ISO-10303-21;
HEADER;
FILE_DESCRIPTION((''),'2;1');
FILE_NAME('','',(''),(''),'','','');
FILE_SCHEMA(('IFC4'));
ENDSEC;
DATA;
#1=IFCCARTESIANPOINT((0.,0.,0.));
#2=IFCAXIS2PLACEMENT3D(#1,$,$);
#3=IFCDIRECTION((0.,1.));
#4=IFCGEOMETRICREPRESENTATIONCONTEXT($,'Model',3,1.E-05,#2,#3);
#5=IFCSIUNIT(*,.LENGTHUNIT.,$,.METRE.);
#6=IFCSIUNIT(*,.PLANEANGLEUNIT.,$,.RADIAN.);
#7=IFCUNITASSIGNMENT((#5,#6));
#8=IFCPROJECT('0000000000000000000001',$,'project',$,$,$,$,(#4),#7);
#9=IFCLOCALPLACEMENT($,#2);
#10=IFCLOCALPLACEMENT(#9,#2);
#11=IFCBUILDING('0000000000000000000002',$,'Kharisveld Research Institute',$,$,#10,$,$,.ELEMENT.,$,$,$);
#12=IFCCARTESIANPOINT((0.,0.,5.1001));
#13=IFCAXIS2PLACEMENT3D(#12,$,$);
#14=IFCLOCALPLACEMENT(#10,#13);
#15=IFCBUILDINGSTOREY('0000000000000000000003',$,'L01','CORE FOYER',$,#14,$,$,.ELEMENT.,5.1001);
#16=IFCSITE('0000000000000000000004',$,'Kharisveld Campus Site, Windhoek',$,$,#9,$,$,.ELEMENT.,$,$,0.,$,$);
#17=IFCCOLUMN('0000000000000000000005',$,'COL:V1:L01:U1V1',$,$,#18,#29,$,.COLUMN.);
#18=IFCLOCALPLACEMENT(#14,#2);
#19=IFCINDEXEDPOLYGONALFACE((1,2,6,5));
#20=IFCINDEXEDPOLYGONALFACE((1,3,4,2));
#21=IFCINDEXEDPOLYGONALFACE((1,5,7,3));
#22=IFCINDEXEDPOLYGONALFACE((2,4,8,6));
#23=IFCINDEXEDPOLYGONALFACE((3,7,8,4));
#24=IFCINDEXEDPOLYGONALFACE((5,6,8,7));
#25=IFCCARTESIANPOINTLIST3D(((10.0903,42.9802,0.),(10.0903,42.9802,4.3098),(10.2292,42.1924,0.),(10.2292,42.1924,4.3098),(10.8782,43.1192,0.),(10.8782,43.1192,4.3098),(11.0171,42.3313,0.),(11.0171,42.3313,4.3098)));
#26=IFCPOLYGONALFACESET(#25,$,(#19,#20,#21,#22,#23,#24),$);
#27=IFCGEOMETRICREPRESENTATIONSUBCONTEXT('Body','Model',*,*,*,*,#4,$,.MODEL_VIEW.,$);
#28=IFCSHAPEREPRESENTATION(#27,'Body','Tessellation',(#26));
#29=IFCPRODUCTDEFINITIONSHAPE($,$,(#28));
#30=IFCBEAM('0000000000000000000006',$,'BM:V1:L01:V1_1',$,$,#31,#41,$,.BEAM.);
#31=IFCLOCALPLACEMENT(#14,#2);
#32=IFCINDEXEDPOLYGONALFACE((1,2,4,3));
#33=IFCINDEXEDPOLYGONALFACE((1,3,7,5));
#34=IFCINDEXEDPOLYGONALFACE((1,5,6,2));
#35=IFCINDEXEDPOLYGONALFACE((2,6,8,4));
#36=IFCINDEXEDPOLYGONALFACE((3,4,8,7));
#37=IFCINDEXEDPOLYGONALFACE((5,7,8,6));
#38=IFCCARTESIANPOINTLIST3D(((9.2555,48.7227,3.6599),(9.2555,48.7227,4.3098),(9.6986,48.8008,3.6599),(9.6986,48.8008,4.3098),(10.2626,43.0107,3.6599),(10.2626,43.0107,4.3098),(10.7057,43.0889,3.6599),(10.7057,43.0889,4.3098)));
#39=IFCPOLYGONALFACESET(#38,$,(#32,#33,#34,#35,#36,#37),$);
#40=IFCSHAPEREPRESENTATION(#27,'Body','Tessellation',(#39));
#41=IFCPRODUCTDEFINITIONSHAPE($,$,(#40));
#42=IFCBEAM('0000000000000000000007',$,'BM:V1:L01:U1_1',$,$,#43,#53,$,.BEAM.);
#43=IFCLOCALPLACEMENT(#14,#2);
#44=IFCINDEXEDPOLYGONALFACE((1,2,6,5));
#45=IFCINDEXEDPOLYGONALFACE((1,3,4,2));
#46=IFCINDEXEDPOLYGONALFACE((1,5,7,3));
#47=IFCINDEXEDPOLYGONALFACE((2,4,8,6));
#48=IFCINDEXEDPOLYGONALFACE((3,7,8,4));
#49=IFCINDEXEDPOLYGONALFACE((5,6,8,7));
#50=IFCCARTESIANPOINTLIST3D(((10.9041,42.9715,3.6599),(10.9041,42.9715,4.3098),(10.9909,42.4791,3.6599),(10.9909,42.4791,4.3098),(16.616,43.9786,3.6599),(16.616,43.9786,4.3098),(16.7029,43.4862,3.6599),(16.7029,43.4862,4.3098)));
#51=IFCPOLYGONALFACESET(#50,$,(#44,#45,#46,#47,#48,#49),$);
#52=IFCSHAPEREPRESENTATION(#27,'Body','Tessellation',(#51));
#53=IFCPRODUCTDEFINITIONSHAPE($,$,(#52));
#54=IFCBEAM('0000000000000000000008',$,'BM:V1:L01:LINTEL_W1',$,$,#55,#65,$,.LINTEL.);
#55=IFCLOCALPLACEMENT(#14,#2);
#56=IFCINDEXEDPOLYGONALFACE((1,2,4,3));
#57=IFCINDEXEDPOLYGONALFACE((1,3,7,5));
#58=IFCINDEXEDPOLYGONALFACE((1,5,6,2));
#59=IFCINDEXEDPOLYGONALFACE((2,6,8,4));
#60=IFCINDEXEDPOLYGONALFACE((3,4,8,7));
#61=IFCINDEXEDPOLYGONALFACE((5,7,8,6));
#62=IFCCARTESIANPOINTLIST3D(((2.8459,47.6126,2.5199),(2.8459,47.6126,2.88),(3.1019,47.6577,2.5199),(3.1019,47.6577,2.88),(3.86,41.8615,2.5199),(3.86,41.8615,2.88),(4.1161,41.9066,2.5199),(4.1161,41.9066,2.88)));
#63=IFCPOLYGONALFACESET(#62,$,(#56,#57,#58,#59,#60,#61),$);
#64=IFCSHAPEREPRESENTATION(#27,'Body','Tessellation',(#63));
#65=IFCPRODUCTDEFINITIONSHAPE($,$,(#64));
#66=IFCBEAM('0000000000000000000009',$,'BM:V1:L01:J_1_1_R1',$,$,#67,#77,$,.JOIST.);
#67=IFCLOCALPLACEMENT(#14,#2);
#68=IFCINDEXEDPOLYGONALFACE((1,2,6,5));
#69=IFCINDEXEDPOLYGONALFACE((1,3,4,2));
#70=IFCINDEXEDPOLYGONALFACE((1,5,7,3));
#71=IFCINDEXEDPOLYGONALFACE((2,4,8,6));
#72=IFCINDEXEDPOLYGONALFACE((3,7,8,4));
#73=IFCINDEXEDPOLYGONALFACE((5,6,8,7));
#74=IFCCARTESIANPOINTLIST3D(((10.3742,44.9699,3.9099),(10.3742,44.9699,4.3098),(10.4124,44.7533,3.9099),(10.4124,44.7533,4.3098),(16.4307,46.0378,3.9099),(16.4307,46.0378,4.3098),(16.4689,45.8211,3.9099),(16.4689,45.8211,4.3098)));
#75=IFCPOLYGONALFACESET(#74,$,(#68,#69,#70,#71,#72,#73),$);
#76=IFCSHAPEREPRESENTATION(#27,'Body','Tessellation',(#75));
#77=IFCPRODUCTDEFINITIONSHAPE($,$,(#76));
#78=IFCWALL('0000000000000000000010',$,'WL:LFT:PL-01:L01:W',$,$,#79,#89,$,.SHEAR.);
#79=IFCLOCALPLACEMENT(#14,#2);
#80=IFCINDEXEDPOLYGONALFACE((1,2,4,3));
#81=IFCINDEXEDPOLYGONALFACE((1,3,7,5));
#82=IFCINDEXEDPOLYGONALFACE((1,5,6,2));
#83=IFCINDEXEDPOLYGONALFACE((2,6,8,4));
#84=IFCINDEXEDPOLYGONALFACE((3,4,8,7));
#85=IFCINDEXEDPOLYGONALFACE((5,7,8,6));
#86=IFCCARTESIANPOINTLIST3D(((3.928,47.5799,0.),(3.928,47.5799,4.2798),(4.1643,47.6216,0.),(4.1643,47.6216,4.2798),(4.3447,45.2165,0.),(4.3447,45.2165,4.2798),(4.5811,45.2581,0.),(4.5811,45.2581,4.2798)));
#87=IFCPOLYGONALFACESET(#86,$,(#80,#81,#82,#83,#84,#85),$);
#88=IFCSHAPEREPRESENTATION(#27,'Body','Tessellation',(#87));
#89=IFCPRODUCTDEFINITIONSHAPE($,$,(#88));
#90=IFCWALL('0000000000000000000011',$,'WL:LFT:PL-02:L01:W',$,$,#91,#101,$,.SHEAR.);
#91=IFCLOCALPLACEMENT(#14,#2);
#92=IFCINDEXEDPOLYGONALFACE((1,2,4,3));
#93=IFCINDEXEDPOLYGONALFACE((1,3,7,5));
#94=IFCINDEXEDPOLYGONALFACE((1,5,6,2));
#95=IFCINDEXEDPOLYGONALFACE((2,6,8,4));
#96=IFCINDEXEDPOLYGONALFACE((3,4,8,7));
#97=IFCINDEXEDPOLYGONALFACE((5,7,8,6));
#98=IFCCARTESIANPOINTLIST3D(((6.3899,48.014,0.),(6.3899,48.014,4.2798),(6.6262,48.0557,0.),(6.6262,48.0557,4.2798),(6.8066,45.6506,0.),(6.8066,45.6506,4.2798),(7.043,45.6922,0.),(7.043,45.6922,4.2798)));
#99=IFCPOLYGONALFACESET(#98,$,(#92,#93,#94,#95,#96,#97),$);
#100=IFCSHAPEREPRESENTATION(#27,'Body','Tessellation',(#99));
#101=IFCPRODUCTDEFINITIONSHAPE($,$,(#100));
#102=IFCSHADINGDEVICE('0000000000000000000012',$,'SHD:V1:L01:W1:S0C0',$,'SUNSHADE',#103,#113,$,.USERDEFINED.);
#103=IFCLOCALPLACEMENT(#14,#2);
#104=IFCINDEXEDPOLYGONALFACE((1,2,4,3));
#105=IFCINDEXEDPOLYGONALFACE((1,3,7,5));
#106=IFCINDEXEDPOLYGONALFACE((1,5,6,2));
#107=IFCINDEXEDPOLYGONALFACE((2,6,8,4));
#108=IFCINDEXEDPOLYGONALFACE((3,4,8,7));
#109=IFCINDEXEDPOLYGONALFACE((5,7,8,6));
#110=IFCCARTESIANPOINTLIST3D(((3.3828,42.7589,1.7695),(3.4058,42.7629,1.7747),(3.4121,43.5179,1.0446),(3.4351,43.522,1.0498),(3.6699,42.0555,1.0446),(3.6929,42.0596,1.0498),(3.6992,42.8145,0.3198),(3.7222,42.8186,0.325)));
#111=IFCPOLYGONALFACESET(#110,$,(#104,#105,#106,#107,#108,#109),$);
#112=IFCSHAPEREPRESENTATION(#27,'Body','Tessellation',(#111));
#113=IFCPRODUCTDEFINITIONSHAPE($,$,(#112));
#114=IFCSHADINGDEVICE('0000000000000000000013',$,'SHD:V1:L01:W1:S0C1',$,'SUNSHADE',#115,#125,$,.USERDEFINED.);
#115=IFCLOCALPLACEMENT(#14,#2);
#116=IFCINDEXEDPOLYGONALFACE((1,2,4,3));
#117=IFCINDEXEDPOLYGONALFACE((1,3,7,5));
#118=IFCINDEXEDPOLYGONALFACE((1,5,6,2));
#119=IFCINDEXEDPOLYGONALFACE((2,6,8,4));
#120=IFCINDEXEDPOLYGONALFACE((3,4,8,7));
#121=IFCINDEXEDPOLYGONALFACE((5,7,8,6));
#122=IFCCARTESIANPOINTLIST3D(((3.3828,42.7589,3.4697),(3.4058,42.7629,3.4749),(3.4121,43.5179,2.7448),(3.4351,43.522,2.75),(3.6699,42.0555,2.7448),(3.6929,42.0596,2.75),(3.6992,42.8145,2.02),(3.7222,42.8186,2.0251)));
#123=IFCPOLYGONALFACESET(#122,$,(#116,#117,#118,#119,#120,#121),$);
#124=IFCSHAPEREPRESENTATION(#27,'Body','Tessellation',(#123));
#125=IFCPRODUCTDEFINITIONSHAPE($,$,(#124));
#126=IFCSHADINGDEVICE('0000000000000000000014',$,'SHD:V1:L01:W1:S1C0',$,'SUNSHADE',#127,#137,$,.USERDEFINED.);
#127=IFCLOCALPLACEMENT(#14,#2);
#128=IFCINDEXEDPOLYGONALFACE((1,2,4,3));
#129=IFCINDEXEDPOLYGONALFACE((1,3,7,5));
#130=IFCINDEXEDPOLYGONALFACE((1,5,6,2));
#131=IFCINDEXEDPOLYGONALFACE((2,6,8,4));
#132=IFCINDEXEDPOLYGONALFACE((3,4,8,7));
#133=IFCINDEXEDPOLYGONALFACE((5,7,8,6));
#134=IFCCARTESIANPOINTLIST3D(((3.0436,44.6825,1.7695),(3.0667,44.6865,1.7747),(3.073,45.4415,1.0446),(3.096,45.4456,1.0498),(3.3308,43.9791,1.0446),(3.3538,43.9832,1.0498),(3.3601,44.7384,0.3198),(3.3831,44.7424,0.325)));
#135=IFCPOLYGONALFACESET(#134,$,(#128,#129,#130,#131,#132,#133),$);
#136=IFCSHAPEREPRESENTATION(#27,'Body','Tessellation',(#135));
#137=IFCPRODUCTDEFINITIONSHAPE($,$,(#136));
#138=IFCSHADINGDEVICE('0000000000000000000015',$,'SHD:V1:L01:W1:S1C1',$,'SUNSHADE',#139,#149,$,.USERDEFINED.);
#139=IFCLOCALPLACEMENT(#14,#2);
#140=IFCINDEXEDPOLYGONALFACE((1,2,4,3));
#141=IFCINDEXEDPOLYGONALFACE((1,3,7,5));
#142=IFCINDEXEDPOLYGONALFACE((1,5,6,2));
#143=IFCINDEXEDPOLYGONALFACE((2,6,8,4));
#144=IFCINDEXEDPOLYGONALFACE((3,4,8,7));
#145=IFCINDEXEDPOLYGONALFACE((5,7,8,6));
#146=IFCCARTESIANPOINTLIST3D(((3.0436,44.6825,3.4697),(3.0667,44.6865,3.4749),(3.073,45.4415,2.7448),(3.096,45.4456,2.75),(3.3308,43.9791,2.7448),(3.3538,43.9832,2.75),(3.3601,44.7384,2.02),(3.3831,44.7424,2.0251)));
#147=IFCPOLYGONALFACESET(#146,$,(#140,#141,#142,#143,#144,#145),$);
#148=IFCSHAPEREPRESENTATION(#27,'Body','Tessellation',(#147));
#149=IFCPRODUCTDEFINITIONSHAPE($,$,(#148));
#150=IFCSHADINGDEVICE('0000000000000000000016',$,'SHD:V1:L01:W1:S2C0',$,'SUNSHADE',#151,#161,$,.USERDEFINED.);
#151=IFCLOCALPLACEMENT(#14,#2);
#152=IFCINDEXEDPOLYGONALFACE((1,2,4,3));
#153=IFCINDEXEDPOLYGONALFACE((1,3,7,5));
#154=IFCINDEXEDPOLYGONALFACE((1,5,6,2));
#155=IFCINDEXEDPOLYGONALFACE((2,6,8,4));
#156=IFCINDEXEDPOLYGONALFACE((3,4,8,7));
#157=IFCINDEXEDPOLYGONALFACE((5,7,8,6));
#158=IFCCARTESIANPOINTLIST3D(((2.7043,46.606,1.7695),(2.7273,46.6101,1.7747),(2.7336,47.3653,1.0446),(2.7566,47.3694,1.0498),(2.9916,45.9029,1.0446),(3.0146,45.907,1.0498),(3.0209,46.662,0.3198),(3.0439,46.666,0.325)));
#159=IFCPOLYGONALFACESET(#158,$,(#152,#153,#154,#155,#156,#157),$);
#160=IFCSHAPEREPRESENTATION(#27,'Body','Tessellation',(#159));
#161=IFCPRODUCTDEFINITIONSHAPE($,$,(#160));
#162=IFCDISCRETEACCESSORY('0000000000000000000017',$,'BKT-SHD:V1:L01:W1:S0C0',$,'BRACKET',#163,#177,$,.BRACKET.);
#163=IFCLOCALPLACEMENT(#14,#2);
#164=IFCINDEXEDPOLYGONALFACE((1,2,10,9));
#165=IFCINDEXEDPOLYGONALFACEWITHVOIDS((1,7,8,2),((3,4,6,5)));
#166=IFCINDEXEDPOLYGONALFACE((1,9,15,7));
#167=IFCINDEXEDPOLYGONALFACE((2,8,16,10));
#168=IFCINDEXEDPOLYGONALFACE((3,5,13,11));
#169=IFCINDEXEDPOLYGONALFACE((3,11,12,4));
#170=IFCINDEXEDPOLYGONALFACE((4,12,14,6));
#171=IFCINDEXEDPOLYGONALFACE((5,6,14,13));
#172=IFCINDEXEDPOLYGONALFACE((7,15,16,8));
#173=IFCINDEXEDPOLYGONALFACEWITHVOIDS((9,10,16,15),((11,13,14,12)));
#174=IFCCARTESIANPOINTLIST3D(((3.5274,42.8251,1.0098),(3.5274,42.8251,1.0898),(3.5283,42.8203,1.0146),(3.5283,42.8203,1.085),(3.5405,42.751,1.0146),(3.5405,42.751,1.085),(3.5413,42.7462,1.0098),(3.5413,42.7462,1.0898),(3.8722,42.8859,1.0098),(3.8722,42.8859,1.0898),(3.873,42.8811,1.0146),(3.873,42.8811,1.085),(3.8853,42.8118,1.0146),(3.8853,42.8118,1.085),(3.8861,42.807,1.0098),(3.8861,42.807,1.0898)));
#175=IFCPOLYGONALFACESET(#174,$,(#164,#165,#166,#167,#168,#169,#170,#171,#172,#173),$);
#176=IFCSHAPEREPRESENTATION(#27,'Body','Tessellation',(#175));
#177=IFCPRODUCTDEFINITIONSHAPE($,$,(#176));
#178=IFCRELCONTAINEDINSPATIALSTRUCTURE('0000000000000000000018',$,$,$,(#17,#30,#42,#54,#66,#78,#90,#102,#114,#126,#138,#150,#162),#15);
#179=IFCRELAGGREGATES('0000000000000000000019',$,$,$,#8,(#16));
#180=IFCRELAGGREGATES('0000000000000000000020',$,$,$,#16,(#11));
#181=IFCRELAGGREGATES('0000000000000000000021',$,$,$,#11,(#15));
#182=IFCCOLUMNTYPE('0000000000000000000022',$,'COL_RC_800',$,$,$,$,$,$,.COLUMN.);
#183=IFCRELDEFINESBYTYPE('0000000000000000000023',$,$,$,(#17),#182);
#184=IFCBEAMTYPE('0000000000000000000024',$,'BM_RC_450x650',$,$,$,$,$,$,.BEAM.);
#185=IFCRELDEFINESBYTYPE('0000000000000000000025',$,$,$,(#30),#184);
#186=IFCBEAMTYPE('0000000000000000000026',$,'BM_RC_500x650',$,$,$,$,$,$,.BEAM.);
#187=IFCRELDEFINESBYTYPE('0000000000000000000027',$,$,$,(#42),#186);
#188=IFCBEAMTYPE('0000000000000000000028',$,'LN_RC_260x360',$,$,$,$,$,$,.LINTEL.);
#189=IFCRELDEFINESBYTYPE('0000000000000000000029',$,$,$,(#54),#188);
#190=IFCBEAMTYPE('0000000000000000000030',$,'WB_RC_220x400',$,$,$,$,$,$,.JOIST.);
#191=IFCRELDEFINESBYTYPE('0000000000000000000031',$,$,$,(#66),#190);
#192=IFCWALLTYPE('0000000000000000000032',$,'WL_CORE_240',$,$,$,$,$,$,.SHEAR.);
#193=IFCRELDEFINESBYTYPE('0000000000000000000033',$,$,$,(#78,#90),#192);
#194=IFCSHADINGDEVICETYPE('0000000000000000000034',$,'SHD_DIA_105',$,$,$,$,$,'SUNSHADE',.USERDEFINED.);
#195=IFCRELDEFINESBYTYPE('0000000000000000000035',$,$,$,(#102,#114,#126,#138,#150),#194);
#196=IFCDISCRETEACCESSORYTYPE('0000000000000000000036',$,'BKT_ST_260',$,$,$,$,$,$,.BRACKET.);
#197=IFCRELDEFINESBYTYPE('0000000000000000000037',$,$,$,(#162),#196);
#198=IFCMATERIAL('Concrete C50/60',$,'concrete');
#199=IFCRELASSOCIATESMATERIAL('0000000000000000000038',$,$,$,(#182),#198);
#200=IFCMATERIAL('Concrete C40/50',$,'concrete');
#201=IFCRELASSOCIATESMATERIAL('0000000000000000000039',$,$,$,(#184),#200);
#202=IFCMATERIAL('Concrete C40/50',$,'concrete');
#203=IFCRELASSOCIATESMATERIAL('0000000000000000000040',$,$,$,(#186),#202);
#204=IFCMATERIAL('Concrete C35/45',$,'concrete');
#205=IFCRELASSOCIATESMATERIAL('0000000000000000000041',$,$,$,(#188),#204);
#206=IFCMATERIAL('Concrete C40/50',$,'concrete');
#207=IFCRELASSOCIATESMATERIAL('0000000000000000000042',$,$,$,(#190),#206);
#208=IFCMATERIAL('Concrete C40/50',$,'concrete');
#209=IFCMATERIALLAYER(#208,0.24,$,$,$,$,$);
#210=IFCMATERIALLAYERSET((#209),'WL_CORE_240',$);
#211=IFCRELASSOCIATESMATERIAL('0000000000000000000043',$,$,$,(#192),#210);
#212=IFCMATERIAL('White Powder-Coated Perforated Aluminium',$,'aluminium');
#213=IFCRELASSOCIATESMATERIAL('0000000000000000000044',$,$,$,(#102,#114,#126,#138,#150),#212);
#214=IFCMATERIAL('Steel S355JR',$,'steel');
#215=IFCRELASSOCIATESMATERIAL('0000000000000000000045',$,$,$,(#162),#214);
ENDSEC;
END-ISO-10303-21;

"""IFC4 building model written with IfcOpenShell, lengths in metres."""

from ifc_helpers import new_model, si_unit, direction, frame, frame_2d, origin, origin_2d, place, context, subcontext, project, spatial, polyline, rectangle, hollow_rectangle, outline, extrude, material, layer, layer_set, material_profile, profile_set, type_object, element, save


model = new_model("IFC4")

# Units and contexts
model_context = context("Model", 3, precision=1e-05, world=origin(), true_north=direction((0.0, 1.0)))
body_context = subcontext(model_context, "Body", "Model", "MODEL_VIEW")
ifc_project = project(units=[si_unit("LENGTHUNIT", "METRE"), si_unit("PLANEANGLEUNIT", "RADIAN")], contexts=[model_context])

# Site, building, storey
site_placement = place(None, origin())
site = spatial("IfcSite", under=ifc_project, at=site_placement, Name="Kharisveld Campus Site, Windhoek", CompositionType="ELEMENT", RefElevation=0.0)
building_placement = place(site_placement, origin())
building = spatial("IfcBuilding", under=site, at=building_placement, Name="Kharisveld Research Institute", CompositionType="ELEMENT")
storey_placement = place(building_placement, frame((0.0, 0.0, 5.1001)))
storey = spatial("IfcBuildingStorey", under=building, at=storey_placement, Name="L01", Description="CORE FOYER", CompositionType="ELEMENT", Elevation=5.1001)

# Column
ifc_material_1 = material(Name="Concrete C50/60", Category="concrete")
ifc_material_profile_1 = material_profile(ifc_material_1, rectangle(XDim=0.8, YDim=0.8, at=origin_2d()))
ifc_profile_set_1 = profile_set([ifc_material_profile_1], Name="Concrete C50/60")
column_type = type_object("IfcColumnType", Name="COL_RC_800", PredefinedType="COLUMN", material=ifc_profile_set_1)
column_placement = place(storey_placement, frame((10.5537, 42.6558, 0.0), z_axis=(0.0, 0.0, 1.0), x_axis=(0.984808, 0.173648, 0.0)))
element("IfcColumn", 1, at=column_placement, inside=storey, type_object=column_type, Name="COL:V1:L01:U1V1", PredefinedType="COLUMN", context=body_context, shape_type="SweptSolid", body=[
    extrude(rectangle(XDim=0.8, YDim=0.8, at=origin_2d()), origin(), (0.0, 0.0, 1.0), 4.3098),
])

# Beams
ifc_material_2 = material(Name="Concrete C40/50", Category="concrete")
ifc_material_profile_2 = material_profile(ifc_material_2, rectangle(XDim=0.45, YDim=0.6499, at=origin_2d()))
ifc_profile_set_2 = profile_set([ifc_material_profile_2], Name="Concrete C40/50")
beam_type_1 = type_object("IfcBeamType", Name="BM_RC_450x650", PredefinedType="BEAM", material=ifc_profile_set_2)
beam_1_placement = place(storey_placement, frame((10.4841, 43.0498, 3.9849), z_axis=(-0.173634, 0.98481, 0.0), x_axis=(-0.98481, -0.173634, 0.0)))
element("IfcBeam", 2, at=beam_1_placement, inside=storey, type_object=beam_type_1, Name="BM:V1:L01:V1_1", PredefinedType="BEAM", context=body_context, shape_type="SweptSolid", body=[
    extrude(rectangle(XDim=0.45, YDim=0.6499, at=origin_2d()), origin(), (0.0, 0.0, 1.0), 5.8),
])
ifc_material_3 = material(Name="Concrete C40/50", Category="concrete")
ifc_material_profile_3 = material_profile(ifc_material_3, rectangle(XDim=0.5, YDim=0.6499, at=origin_2d()))
ifc_profile_set_3 = profile_set([ifc_material_profile_3], Name="Concrete C40/50")
beam_type_2 = type_object("IfcBeamType", Name="BM_RC_500x650", PredefinedType="BEAM", material=ifc_profile_set_3)
beam_2_placement = place(storey_placement, frame((10.9475, 42.7253, 3.9849), z_axis=(0.98481, 0.173634, 0.0), x_axis=(-0.173634, 0.98481, 0.0)))
element("IfcBeam", 3, at=beam_2_placement, inside=storey, type_object=beam_type_2, Name="BM:V1:L01:U1_1", PredefinedType="BEAM", context=body_context, shape_type="SweptSolid", body=[
    extrude(rectangle(XDim=0.5, YDim=0.6499, at=origin_2d()), origin(), (0.0, 0.0, 1.0), 5.8),
])
ifc_material_4 = material(Name="Concrete C35/45", Category="concrete")
ifc_material_profile_4 = material_profile(ifc_material_4, rectangle(XDim=0.26, YDim=0.3601, at=origin_2d()))
ifc_profile_set_4 = profile_set([ifc_material_profile_4], Name="Concrete C35/45")
beam_type_3 = type_object("IfcBeamType", Name="LN_RC_260x360", PredefinedType="LINTEL", material=ifc_profile_set_4)
beam_3_placement = place(storey_placement, frame((3.988, 41.884, 2.7), z_axis=(-0.173659, 0.984806, 0.0), x_axis=(-0.984806, -0.173659, 0.0)))
element("IfcBeam", 4, at=beam_3_placement, inside=storey, type_object=beam_type_3, Name="BM:V1:L01:LINTEL_W1", PredefinedType="LINTEL", context=body_context, shape_type="SweptSolid", body=[
    extrude(rectangle(XDim=0.26, YDim=0.3601, at=origin_2d()), origin(), (0.0, 0.0, 1.0), 5.8398),
])
ifc_material_5 = material(Name="Concrete C40/50", Category="concrete")
ifc_material_profile_5 = material_profile(ifc_material_5, rectangle(XDim=0.22, YDim=0.3999, at=origin_2d()))
ifc_profile_set_5 = profile_set([ifc_material_profile_5], Name="Concrete C40/50")
beam_type_4 = type_object("IfcBeamType", Name="WB_RC_220x400", PredefinedType="JOIST", material=ifc_profile_set_5)
beam_4_placement = place(storey_placement, frame((10.3933, 44.8616, 4.1099), z_axis=(0.984809, 0.173643, 0.0), x_axis=(-0.173643, 0.984809, 0.0)))
element("IfcBeam", 5, at=beam_4_placement, inside=storey, type_object=beam_type_4, Name="BM:V1:L01:J_1_1_R1", PredefinedType="JOIST", context=body_context, shape_type="SweptSolid", body=[
    extrude(rectangle(XDim=0.22, YDim=0.3999, at=origin_2d()), origin(), (0.0, 0.0, 1.0), 6.1499),
])

# Wall
ifc_material_6 = material(Name="Concrete C40/50", Category="concrete")
ifc_layer = layer(ifc_material_6, 0.24)
ifc_layer_set = layer_set([ifc_layer], Name="WL_CORE_240")
wall_type = type_object("IfcWallType", Name="WL_CORE_240", PredefinedType="SHEAR", material=ifc_layer_set)
wall_1_placement = place(storey_placement, frame((4.4629, 45.2373, 0.0), z_axis=(0.0, 0.0, 1.0), x_axis=(-0.173646, 0.984808, 0.0)))
element("IfcWall", 6, at=wall_1_placement, inside=storey, type_object=wall_type, Name="WL:LFT:PL-01:L01:W", PredefinedType="SHEAR", context=body_context, shape_type="SweptSolid", body=[
    extrude(rectangle(XDim=2.3999, YDim=0.24, at=frame_2d((1.2, 0.0))), origin(), (0.0, 0.0, 1.0), 4.2798),
])

# Wall
wall_2_placement = place(storey_placement, frame((6.9248, 45.6714, 0.0), z_axis=(0.0, 0.0, 1.0), x_axis=(-0.173646, 0.984808, 0.0)))
element("IfcWall", 7, at=wall_2_placement, inside=storey, type_object=wall_type, Name="WL:LFT:PL-02:L01:W", PredefinedType="SHEAR", context=body_context, shape_type="SweptSolid", body=[
    extrude(rectangle(XDim=2.3999, YDim=0.24, at=frame_2d((1.2, 0.0))), origin(), (0.0, 0.0, 1.0), 4.2798),
])

# Shading devices
ifc_material_7 = material(Name="White Powder-Coated Perforated Aluminium", Category="aluminium")
shading_device_type = type_object("IfcShadingDeviceType", Name="SHD_DIA_105", ElementType="SUNSHADE", PredefinedType="USERDEFINED")
for number, where, z_axis, x_axis, name in (
    (8, (3.7222, 42.8186, 0.325), (0.961487, 0.169504, 0.216358), (-0.273429, 0.669853, 0.690314), "SHD:V1:L01:W1:S0C0"),
    (9, (3.7222, 42.8186, 2.0251), (0.961487, 0.169504, 0.216358), (-0.273429, 0.669853, 0.690314), "SHD:V1:L01:W1:S0C1"),
):
    element("IfcShadingDevice", number, at=place(storey_placement, frame(where, z_axis=z_axis, x_axis=x_axis)), inside=storey, type_object=shading_device_type, material=ifc_material_7, Name=name, ObjectType="SUNSHADE", PredefinedType="USERDEFINED", context=body_context, shape_type="SweptSolid", body=[
        extrude(outline(polyline([(0.0, 0.0), (1.05, 0.0), (1.05, 1.05), (-0.0001, 1.05), (0.0, 0.0)])), origin(), (0.0, 0.0, -1.0), 0.0239),
    ])
for number, where, z_axis, x_axis, name in (
    (10, (3.3831, 44.7424, 0.325), (0.961481, 0.169503, 0.216385), (-0.273452, 0.669728, 0.690426), "SHD:V1:L01:W1:S1C0"),
    (11, (3.3831, 44.7424, 2.0251), (0.961481, 0.169503, 0.216385), (-0.273452, 0.669728, 0.690426), "SHD:V1:L01:W1:S1C1"),
):
    element("IfcShadingDevice", number, at=place(storey_placement, frame(where, z_axis=z_axis, x_axis=x_axis)), inside=storey, type_object=shading_device_type, material=ifc_material_7, Name=name, ObjectType="SUNSHADE", PredefinedType="USERDEFINED", context=body_context, shape_type="SweptSolid", body=[
        extrude(outline(polyline([(0.0, 0.0), (1.0499, 0.0), (1.05, 1.05), (0.0, 1.0501), (0.0, 0.0)])), origin(), (0.0, 0.0, -1.0), 0.0239),
    ])
shading_device_placement = place(storey_placement, frame((3.0439, 46.666, 0.325), z_axis=(0.96142, 0.169653, 0.21654), x_axis=(-0.273663, 0.669807, 0.690266)))
element("IfcShadingDevice", 12, at=shading_device_placement, inside=storey, type_object=shading_device_type, material=ifc_material_7, Name="SHD:V1:L01:W1:S2C0", ObjectType="SUNSHADE", PredefinedType="USERDEFINED", context=body_context, shape_type="SweptSolid", body=[
    extrude(outline(polyline([(0.0, 0.0), (1.0501, 0.0), (1.0499, 1.0501), (0.0, 1.05), (0.0, 0.0)])), origin(), (0.0, 0.0, -1.0), 0.0239),
])

# Discrete accessory
ifc_material_8 = material(Name="Steel S355JR", Category="steel")
discrete_accessory_type = type_object("IfcDiscreteAccessoryType", Name="BKT_ST_260", PredefinedType="BRACKET")
for number, where, z_axis, x_axis, name in (
    (13, (3.8792, 42.8464, 1.0498), (-0.984805, -0.173666, 0.0), (0.173666, -0.984805, 0.0), "BKT-SHD:V1:L01:W1:S0C0"),
):
    element("IfcDiscreteAccessory", number, at=place(storey_placement, frame(where, z_axis=z_axis, x_axis=x_axis)), inside=storey, type_object=discrete_accessory_type, material=ifc_material_8, Name=name, ObjectType="BRACKET", PredefinedType="BRACKET", context=body_context, shape_type="SweptSolid", body=[
        extrude(hollow_rectangle(XDim=0.0801, YDim=0.0801, WallThickness=0.0049, at=origin_2d()), origin(), (0.0, 0.0, 1.0), 0.3501),
    ])

save(model, "model.ifc")
